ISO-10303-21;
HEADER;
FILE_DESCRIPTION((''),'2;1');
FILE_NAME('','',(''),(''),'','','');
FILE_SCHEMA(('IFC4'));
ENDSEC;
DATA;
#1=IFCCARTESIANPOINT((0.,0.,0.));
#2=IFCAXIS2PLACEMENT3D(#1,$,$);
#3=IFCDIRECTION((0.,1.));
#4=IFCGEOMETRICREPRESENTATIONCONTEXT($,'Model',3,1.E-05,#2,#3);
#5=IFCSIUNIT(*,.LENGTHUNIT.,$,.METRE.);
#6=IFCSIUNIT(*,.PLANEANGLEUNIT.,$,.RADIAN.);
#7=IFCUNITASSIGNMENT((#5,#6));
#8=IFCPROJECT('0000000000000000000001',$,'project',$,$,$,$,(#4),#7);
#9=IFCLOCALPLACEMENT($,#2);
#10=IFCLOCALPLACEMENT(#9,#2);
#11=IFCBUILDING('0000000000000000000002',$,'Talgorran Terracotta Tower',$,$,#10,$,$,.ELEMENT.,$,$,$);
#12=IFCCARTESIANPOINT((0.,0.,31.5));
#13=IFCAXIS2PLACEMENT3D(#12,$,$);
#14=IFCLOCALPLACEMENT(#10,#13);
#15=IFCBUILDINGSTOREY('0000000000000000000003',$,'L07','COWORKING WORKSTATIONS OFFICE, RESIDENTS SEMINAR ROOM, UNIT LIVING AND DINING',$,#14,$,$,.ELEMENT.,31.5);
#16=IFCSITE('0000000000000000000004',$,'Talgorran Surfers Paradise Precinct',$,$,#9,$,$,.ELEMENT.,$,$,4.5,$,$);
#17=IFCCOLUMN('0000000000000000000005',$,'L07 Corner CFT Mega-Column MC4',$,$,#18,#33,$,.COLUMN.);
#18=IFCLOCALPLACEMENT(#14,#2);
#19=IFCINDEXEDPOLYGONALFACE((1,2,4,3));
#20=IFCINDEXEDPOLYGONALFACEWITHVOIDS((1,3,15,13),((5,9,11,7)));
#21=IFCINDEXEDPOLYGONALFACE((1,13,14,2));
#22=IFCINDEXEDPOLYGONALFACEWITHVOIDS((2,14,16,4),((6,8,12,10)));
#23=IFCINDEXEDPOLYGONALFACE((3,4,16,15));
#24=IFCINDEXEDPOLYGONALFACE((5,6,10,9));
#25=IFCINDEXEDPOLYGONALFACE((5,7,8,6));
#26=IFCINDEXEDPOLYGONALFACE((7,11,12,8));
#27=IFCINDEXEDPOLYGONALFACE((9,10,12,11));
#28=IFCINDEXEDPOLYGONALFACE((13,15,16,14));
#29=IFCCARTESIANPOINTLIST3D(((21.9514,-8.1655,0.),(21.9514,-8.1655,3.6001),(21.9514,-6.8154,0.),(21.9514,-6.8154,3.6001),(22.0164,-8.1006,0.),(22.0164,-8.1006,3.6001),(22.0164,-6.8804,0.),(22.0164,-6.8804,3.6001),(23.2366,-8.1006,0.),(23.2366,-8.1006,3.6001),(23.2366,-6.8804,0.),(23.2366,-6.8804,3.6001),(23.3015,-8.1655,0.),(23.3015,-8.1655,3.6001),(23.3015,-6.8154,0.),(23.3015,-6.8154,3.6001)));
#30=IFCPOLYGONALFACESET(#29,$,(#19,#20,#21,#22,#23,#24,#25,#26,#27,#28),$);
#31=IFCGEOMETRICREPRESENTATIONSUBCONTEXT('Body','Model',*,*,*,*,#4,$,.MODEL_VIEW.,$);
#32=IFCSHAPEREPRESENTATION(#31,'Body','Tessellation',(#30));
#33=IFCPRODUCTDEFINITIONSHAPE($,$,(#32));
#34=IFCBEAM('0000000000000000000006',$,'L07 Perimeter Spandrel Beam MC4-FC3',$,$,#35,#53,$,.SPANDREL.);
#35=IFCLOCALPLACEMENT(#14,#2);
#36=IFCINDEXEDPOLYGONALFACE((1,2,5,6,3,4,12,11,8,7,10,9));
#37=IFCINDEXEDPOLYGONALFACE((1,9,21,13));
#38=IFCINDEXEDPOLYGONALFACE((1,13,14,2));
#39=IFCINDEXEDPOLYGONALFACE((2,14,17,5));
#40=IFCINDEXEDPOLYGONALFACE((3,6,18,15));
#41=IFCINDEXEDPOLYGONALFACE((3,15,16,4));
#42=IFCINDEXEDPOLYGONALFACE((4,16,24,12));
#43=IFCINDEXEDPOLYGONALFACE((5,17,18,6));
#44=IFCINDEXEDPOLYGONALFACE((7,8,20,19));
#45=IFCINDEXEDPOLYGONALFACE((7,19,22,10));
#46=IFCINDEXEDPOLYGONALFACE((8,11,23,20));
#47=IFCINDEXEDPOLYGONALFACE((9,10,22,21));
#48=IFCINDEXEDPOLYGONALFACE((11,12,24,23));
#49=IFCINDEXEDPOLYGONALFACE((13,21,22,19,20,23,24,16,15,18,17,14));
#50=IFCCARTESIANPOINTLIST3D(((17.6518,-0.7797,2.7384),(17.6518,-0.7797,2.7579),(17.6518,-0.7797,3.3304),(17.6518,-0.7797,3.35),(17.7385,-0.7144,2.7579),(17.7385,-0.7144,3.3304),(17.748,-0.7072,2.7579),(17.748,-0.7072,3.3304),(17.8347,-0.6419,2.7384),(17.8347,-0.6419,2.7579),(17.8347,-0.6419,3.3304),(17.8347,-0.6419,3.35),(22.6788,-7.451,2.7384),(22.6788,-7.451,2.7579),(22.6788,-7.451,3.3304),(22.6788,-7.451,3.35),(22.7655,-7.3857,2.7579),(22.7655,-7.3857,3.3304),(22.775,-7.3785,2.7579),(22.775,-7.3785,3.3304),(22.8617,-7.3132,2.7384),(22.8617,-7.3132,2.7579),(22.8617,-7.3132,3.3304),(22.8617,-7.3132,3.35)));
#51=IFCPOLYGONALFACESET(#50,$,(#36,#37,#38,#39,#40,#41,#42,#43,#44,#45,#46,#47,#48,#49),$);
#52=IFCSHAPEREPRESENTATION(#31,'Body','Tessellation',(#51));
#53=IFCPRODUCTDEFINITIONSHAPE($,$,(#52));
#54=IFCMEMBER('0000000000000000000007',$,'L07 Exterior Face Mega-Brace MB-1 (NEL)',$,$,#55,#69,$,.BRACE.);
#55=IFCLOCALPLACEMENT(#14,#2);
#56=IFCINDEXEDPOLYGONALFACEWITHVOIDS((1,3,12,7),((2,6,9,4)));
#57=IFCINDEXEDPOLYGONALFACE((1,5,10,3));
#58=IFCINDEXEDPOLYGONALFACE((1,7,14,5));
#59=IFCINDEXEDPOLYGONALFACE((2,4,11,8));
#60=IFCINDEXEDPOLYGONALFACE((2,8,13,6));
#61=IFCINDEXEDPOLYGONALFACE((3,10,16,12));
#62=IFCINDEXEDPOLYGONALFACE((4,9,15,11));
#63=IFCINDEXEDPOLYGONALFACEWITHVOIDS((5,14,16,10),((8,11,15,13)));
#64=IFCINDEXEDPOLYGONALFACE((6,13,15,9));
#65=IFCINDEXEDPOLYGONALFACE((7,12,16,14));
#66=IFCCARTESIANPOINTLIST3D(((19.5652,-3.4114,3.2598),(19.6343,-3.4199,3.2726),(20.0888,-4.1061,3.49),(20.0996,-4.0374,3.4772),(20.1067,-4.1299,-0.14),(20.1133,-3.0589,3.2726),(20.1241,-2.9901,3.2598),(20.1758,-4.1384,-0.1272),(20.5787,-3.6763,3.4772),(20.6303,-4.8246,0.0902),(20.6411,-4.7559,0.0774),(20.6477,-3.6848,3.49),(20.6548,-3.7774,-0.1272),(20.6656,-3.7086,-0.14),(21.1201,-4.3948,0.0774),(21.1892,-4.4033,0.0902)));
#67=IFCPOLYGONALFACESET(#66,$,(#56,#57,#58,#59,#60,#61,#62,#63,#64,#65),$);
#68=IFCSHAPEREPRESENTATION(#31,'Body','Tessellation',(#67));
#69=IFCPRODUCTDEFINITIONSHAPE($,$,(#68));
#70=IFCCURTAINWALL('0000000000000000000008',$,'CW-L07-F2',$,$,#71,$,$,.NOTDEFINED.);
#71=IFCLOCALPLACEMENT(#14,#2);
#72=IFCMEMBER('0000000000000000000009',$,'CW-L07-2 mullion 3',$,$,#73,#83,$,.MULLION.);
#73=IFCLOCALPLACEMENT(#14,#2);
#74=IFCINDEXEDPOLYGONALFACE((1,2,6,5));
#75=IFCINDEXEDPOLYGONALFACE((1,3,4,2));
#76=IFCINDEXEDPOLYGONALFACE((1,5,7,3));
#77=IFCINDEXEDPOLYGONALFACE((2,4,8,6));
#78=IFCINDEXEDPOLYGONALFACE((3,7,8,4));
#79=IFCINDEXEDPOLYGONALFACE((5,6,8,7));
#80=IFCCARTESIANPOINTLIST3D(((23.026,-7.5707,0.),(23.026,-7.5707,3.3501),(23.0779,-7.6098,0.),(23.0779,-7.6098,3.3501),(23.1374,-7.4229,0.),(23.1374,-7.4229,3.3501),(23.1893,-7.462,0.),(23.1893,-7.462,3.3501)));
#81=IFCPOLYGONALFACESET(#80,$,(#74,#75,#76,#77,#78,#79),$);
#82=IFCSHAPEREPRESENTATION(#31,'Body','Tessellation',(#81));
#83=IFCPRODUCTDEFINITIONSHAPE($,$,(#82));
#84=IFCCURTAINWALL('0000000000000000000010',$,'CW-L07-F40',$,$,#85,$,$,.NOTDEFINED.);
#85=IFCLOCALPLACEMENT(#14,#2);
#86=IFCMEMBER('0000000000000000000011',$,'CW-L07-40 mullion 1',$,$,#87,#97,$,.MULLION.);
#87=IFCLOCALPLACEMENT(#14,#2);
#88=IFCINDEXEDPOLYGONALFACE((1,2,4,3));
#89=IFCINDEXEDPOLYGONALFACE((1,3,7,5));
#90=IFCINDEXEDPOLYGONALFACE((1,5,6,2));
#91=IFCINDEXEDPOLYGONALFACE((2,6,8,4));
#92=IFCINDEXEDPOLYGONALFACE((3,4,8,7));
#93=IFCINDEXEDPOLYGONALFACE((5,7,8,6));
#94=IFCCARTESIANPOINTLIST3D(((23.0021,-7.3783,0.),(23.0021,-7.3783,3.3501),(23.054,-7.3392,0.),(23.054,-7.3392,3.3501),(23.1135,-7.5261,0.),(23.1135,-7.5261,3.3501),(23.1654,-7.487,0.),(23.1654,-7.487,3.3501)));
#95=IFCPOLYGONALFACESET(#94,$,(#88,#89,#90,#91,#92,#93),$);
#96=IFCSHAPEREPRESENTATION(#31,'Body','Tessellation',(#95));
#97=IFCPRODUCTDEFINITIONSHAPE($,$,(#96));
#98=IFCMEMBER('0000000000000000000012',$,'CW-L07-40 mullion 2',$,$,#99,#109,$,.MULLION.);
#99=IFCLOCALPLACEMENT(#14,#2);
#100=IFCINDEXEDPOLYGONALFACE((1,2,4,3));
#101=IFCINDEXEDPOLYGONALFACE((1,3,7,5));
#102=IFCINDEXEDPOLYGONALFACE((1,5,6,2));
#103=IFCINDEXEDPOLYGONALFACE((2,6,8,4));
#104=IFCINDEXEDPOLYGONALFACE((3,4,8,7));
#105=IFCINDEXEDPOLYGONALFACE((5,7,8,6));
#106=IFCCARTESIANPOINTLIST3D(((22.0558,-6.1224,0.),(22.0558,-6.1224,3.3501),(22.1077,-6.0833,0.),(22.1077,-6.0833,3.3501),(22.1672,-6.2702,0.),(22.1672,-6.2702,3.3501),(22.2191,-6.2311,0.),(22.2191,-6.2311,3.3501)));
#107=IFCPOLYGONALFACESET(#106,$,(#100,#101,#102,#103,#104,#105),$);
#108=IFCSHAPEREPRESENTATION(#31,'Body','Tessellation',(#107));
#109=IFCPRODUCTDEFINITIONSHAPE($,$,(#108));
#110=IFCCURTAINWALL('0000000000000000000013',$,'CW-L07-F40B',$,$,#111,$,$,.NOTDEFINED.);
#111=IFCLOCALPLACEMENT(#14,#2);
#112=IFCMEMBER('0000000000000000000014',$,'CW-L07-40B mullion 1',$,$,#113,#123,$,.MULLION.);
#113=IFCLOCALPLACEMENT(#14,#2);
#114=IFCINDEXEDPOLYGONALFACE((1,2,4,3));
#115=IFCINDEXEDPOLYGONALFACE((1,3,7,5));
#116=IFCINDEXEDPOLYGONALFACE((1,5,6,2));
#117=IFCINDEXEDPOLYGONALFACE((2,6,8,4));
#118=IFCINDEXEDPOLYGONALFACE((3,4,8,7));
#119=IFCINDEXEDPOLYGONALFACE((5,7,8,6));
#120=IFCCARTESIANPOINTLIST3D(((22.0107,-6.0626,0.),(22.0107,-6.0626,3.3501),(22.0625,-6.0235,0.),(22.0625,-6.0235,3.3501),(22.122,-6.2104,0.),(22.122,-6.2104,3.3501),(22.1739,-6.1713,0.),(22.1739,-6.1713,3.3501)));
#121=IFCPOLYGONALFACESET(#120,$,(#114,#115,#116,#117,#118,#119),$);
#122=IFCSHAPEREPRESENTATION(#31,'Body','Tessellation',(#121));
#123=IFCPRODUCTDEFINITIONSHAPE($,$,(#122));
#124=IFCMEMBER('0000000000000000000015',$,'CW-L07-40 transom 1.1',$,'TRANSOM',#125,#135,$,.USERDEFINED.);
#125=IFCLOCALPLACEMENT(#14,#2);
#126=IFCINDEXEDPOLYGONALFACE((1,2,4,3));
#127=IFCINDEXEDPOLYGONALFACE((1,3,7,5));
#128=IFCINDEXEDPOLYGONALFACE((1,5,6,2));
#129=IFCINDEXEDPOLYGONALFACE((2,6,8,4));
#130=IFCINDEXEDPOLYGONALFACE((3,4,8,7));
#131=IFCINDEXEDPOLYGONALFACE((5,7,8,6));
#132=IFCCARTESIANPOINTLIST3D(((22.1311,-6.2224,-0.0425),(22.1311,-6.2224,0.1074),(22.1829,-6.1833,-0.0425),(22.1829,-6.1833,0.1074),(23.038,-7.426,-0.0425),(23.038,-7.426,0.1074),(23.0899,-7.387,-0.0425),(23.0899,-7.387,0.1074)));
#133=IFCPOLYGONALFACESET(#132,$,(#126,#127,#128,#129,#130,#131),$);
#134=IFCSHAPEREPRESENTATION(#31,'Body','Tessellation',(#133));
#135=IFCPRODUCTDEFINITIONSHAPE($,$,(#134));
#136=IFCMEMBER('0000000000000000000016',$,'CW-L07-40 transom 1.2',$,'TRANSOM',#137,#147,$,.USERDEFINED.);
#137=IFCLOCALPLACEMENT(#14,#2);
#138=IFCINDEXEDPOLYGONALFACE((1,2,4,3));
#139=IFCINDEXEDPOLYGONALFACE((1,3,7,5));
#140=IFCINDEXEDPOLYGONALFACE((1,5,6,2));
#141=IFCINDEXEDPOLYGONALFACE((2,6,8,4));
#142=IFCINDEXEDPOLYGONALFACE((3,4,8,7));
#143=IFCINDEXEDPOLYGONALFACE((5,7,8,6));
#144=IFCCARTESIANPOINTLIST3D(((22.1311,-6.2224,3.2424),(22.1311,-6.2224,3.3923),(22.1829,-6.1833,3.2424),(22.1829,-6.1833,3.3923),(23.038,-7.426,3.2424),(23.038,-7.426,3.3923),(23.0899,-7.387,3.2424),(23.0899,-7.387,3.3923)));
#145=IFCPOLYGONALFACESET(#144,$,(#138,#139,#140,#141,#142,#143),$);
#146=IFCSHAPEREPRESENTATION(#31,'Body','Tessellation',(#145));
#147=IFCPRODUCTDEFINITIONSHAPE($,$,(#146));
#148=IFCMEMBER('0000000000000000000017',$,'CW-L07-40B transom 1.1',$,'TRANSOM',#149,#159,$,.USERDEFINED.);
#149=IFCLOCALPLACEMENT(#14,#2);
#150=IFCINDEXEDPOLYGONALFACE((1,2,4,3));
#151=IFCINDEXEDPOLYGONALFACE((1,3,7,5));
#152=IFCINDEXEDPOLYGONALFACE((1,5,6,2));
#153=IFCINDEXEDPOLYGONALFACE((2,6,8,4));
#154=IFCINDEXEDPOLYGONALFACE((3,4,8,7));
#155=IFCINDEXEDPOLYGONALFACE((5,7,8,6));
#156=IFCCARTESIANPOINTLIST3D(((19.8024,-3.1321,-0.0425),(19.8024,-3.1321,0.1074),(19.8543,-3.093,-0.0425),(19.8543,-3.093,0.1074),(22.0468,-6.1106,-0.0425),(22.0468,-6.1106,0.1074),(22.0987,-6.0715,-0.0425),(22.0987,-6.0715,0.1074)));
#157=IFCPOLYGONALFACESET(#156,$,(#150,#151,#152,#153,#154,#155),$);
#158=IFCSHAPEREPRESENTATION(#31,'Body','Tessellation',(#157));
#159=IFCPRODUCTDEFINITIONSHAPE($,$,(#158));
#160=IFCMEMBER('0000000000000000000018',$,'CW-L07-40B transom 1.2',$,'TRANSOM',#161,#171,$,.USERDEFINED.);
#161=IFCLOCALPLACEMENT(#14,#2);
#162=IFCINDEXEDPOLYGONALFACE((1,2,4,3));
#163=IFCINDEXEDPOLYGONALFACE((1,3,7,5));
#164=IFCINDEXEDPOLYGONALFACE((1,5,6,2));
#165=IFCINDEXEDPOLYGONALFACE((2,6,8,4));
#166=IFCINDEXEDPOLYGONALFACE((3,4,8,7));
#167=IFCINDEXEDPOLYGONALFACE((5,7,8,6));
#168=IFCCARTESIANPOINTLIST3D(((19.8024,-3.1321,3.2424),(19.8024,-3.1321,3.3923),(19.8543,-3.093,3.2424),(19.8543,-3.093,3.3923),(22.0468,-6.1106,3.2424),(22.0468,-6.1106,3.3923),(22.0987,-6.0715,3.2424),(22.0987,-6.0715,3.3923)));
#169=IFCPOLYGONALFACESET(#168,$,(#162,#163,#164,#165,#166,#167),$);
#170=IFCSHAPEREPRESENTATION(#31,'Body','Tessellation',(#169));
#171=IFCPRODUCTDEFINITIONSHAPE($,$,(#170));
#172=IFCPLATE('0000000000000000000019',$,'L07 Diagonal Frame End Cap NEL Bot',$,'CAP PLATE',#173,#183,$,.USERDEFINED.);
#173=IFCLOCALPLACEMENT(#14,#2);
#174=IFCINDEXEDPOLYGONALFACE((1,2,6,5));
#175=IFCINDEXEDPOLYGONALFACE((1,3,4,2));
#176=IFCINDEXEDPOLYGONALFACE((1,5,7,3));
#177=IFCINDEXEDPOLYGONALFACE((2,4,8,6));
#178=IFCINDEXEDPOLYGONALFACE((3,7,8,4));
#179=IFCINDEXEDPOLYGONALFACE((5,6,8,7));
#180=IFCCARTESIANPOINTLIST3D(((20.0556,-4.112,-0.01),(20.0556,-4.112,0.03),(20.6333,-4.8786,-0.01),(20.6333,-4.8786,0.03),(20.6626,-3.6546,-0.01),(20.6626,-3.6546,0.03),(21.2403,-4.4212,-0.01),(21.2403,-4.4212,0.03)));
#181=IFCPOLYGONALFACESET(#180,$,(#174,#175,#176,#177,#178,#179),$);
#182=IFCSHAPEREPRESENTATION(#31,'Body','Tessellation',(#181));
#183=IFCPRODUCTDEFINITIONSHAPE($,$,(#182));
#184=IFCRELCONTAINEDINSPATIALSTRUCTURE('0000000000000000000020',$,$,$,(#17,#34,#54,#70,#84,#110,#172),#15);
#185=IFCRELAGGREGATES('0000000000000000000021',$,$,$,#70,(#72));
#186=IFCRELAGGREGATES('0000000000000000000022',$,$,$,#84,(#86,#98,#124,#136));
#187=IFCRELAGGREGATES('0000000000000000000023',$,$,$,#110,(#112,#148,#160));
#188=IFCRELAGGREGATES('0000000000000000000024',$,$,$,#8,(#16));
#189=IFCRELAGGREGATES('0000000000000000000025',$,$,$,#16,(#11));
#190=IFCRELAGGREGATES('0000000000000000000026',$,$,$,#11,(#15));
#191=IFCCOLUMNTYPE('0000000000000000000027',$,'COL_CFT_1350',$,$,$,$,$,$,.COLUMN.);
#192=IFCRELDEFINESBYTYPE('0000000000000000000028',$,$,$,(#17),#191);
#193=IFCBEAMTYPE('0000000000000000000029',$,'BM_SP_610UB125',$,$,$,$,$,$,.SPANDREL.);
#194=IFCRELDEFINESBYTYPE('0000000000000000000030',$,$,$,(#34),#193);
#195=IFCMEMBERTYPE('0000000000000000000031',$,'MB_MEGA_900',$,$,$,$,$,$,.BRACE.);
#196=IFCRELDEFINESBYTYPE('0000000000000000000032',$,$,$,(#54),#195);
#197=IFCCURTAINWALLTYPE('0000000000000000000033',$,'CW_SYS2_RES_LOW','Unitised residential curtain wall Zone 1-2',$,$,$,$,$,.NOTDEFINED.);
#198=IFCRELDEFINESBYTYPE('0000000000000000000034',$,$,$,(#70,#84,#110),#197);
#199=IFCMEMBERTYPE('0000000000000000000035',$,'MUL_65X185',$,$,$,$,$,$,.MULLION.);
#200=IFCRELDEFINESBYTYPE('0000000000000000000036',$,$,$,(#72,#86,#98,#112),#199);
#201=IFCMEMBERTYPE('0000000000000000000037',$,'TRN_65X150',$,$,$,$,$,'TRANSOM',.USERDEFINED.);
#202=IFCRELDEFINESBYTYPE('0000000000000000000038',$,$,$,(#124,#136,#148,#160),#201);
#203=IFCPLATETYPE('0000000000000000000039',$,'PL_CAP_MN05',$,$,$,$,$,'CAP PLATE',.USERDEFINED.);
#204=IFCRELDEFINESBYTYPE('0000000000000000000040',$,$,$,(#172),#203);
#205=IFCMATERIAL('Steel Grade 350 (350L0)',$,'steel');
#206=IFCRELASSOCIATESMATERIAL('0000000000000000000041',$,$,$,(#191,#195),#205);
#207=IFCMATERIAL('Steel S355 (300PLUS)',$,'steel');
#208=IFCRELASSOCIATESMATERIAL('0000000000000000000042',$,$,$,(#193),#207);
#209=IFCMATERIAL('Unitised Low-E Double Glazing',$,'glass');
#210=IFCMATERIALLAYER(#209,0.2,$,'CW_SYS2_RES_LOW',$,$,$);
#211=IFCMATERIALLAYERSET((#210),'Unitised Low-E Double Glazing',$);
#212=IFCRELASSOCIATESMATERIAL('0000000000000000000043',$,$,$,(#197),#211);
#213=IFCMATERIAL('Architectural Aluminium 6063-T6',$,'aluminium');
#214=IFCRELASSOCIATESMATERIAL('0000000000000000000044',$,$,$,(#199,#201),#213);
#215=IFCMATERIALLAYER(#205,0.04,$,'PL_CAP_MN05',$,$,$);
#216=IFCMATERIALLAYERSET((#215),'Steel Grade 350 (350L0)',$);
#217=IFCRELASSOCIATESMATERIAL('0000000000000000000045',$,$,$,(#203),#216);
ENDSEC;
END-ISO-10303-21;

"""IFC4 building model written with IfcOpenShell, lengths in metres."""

from ifc_helpers import new_model, si_unit, direction, frame, origin, origin_2d, place, context, subcontext, project, spatial, rectangle, hollow_rectangle, i_section, extrude, material, layer, layer_set, material_profile, profile_set, type_object, element, aggregate, save


model = new_model("IFC4")

# Units and contexts
model_context = context("Model", 3, precision=1e-05, world=origin(), true_north=direction((0.0, 1.0)))
body_context = subcontext(model_context, "Body", "Model", "MODEL_VIEW")
ifc_project = project(units=[si_unit("LENGTHUNIT", "METRE"), si_unit("PLANEANGLEUNIT", "RADIAN")], contexts=[model_context])

# Site, building, storey
site_placement = place(None, origin())
site = spatial("IfcSite", under=ifc_project, at=site_placement, Name="Talgorran Surfers Paradise Precinct", CompositionType="ELEMENT", RefElevation=4.5)
building_placement = place(site_placement, origin())
building = spatial("IfcBuilding", under=site, at=building_placement, Name="Talgorran Terracotta Tower", CompositionType="ELEMENT")
storey_placement = place(building_placement, frame((0.0, 0.0, 31.5)))
storey = spatial("IfcBuildingStorey", under=building, at=storey_placement, Name="L07", Description="COWORKING WORKSTATIONS OFFICE, RESIDENTS SEMINAR ROOM, UNIT LIVING AND DINING", CompositionType="ELEMENT", Elevation=31.5)

# Column
ifc_material_1 = material(Name="Steel Grade 350 (350L0)", Category="steel")
ifc_material_profile_1 = material_profile(ifc_material_1, hollow_rectangle(XDim=1.3501, YDim=1.3501, WallThickness=0.0649, at=origin_2d()), Name="CFT1350X1350X65")
ifc_profile_set_1 = profile_set([ifc_material_profile_1], Name="Steel Grade 350 (350L0)")
column_type = type_object("IfcColumnType", Name="COL_CFT_1350", PredefinedType="COLUMN", material=ifc_profile_set_1)
column_placement = place(storey_placement, frame((22.6265, -7.4905, 0.0), z_axis=(0.0, 0.0, 1.0), x_axis=(1.0, 0.0, 0.0)))
element("IfcColumn", 1, at=column_placement, inside=storey, type_object=column_type, Name="L07 Corner CFT Mega-Column MC4", PredefinedType="COLUMN", context=body_context, shape_type="SweptSolid", body=[
    extrude(hollow_rectangle(XDim=1.3501, YDim=1.3501, WallThickness=0.0649, at=origin_2d()), origin(), (0.0, 0.0, 1.0), 3.6001),
])

# Beam
ifc_material_2 = material(Name="Steel S355 (300PLUS)", Category="steel")
ifc_material_profile_2 = material_profile(ifc_material_2, i_section(OverallWidth=0.229, OverallDepth=0.6116, WebThickness=0.012, FlangeThickness=0.0195, at=origin_2d()), Name="610UB125")
ifc_profile_set_2 = profile_set([ifc_material_profile_2], Name="Steel S355 (300PLUS)")
beam_type = type_object("IfcBeamType", Name="BM_SP_610UB125", PredefinedType="SPANDREL", material=ifc_profile_set_2)
beam_placement = place(storey_placement, frame((22.7703, -7.3821, 3.0442), z_axis=(-0.601804, 0.798644, 0.0), x_axis=(-0.798644, -0.601804, 0.0)))
element("IfcBeam", 2, at=beam_placement, inside=storey, type_object=beam_type, Name="L07 Perimeter Spandrel Beam MC4-FC3", PredefinedType="SPANDREL", context=body_context, shape_type="SweptSolid", body=[
    extrude(i_section(OverallWidth=0.229, OverallDepth=0.6116, WebThickness=0.012, FlangeThickness=0.0195, at=origin_2d()), origin(), (0.0, 0.0, 1.0), 8.3533),
])

# Member
ifc_material_profile_3 = material_profile(ifc_material_1, hollow_rectangle(XDim=0.7, YDim=0.8999, WallThickness=0.05, at=origin_2d()), Name="WBOX900X700X50")
ifc_profile_set_3 = profile_set([ifc_material_profile_3], Name="Steel Grade 350 (350L0)")
member_type_1 = type_object("IfcMemberType", Name="MB_MEGA_900", PredefinedType="BRACE", material=ifc_profile_set_3)
member_1_placement = place(storey_placement, frame((20.6479, -4.2666, -0.0249), z_axis=(-0.153971, 0.204299, 0.966724), x_axis=(-0.798598, -0.601865, 0.0)))
element("IfcMember", 3, at=member_1_placement, inside=storey, type_object=member_type_1, Name="L07 Exterior Face Mega-Brace MB-1 (NEL)", PredefinedType="BRACE", context=body_context, shape_type="SweptSolid", body=[
    extrude(hollow_rectangle(XDim=0.7, YDim=0.8999, WallThickness=0.05, at=origin_2d()), origin(), (0.0, 0.0, 1.0), 3.5168),
])

# Curtain wall, member
ifc_material_3 = material(Name="Unitised Low-E Double Glazing", Category="glass")
ifc_layer_1 = layer(ifc_material_3, 0.2, Name="CW_SYS2_RES_LOW")
ifc_layer_set_1 = layer_set([ifc_layer_1], Name="Unitised Low-E Double Glazing")
curtain_wall_type = type_object("IfcCurtainWallType", Name="CW_SYS2_RES_LOW", Description="Unitised residential curtain wall Zone 1-2", PredefinedType="NOTDEFINED", material=ifc_layer_set_1)
curtain_wall_1_placement = place(storey_placement, origin())
curtain_wall_1 = element("IfcCurtainWall", 4, at=curtain_wall_1_placement, inside=storey, type_object=curtain_wall_type, Name="CW-L07-F2", PredefinedType="NOTDEFINED")
ifc_material_4 = material(Name="Architectural Aluminium 6063-T6", Category="aluminium")
ifc_material_profile_4 = material_profile(ifc_material_4, rectangle(XDim=0.0649, YDim=0.1851, at=origin_2d()), Name="CWM65X185")
ifc_profile_set_4 = profile_set([ifc_material_profile_4], Name="Architectural Aluminium 6063-T6")
member_type_2 = type_object("IfcMemberType", Name="MUL_65X185", PredefinedType="MULLION", material=ifc_profile_set_4)
member_2_placement = place(storey_placement, frame((23.1077, -7.5164, 0.0), z_axis=(0.0, 0.0, 1.0), x_axis=(-0.798638, 0.601812, 0.0)))
member_2 = element("IfcMember", 5, at=member_2_placement, type_object=member_type_2, Name="CW-L07-2 mullion 3", PredefinedType="MULLION", context=body_context, shape_type="SweptSolid", body=[
    extrude(rectangle(XDim=0.0649, YDim=0.1851, at=origin_2d()), origin(), (0.0, 0.0, 1.0), 3.3501),
])
aggregate(curtain_wall_1, [member_2])

# Curtain wall, members
curtain_wall_2_placement = place(storey_placement, origin())
curtain_wall_2 = element("IfcCurtainWall", 6, at=curtain_wall_2_placement, inside=storey, type_object=curtain_wall_type, Name="CW-L07-F40", PredefinedType="NOTDEFINED")
member_3_placement = place(storey_placement, frame((23.0837, -7.4326, 0.0), z_axis=(0.0, 0.0, 1.0), x_axis=(-0.798649, -0.601797, 0.0)))
member_3 = element("IfcMember", 7, at=member_3_placement, type_object=member_type_2, Name="CW-L07-40 mullion 1", PredefinedType="MULLION", context=body_context, shape_type="SweptSolid", body=[
    extrude(rectangle(XDim=0.0649, YDim=0.1851, at=origin_2d()), origin(), (0.0, 0.0, 1.0), 3.3501),
])
member_4_placement = place(storey_placement, frame((22.1375, -6.1768, 0.0), z_axis=(0.0, 0.0, 1.0), x_axis=(-0.798649, -0.601797, 0.0)))
member_4 = element("IfcMember", 8, at=member_4_placement, type_object=member_type_2, Name="CW-L07-40 mullion 2", PredefinedType="MULLION", context=body_context, shape_type="SweptSolid", body=[
    extrude(rectangle(XDim=0.0649, YDim=0.1851, at=origin_2d()), origin(), (0.0, 0.0, 1.0), 3.3501),
])

# Curtain wall, member
curtain_wall_3_placement = place(storey_placement, origin())
curtain_wall_3 = element("IfcCurtainWall", 9, at=curtain_wall_3_placement, inside=storey, type_object=curtain_wall_type, Name="CW-L07-F40B", PredefinedType="NOTDEFINED")
member_5_placement = place(storey_placement, frame((22.0923, -6.1169, 0.0), z_axis=(0.0, 0.0, 1.0), x_axis=(-0.798636, -0.601814, 0.0)))
member_5 = element("IfcMember", 10, at=member_5_placement, type_object=member_type_2, Name="CW-L07-40B mullion 1", PredefinedType="MULLION", context=body_context, shape_type="SweptSolid", body=[
    extrude(rectangle(XDim=0.0649, YDim=0.1851, at=origin_2d()), origin(), (0.0, 0.0, 1.0), 3.3501),
])

# Members
ifc_material_profile_5 = material_profile(ifc_material_4, rectangle(XDim=0.0649, YDim=0.1499, at=origin_2d()), Name="CWT65X150")
ifc_profile_set_5 = profile_set([ifc_material_profile_5], Name="Architectural Aluminium 6063-T6")
member_type_3 = type_object("IfcMemberType", Name="TRN_65X150", ElementType="TRANSOM", PredefinedType="USERDEFINED", material=ifc_profile_set_5)
member_6_placement = place(storey_placement, frame((23.064, -7.4065, 0.0325), z_axis=(-0.601813, 0.798637, 0.0), x_axis=(-0.798637, -0.601813, 0.0)))
member_6 = element("IfcMember", 11, at=member_6_placement, type_object=member_type_3, Name="CW-L07-40 transom 1.1", ObjectType="TRANSOM", PredefinedType="USERDEFINED", context=body_context, shape_type="SweptSolid", body=[
    extrude(rectangle(XDim=0.0649, YDim=0.1499, at=origin_2d()), origin(), (0.0, 0.0, 1.0), 1.5071),
])
member_7_placement = place(storey_placement, frame((23.064, -7.4065, 3.3174), z_axis=(-0.601813, 0.798637, 0.0), x_axis=(-0.798637, -0.601813, 0.0)))
member_7 = element("IfcMember", 12, at=member_7_placement, type_object=member_type_3, Name="CW-L07-40 transom 1.2", ObjectType="TRANSOM", PredefinedType="USERDEFINED", context=body_context, shape_type="SweptSolid", body=[
    extrude(rectangle(XDim=0.0649, YDim=0.1499, at=origin_2d()), origin(), (0.0, 0.0, 1.0), 1.5071),
])
member_8_placement = place(storey_placement, frame((22.0728, -6.0911, 0.0325), z_axis=(-0.6018, 0.798647, 0.0), x_axis=(-0.798647, -0.6018, 0.0)))
member_8 = element("IfcMember", 13, at=member_8_placement, type_object=member_type_3, Name="CW-L07-40B transom 1.1", ObjectType="TRANSOM", PredefinedType="USERDEFINED", context=body_context, shape_type="SweptSolid", body=[
    extrude(rectangle(XDim=0.0649, YDim=0.1499, at=origin_2d()), origin(), (0.0, 0.0, 1.0), 3.7295),
])
member_9_placement = place(storey_placement, frame((22.0728, -6.0911, 3.3174), z_axis=(-0.6018, 0.798647, 0.0), x_axis=(-0.798647, -0.6018, 0.0)))
member_9 = element("IfcMember", 14, at=member_9_placement, type_object=member_type_3, Name="CW-L07-40B transom 1.2", ObjectType="TRANSOM", PredefinedType="USERDEFINED", context=body_context, shape_type="SweptSolid", body=[
    extrude(rectangle(XDim=0.0649, YDim=0.1499, at=origin_2d()), origin(), (0.0, 0.0, 1.0), 3.7295),
])

# Plate
ifc_layer_2 = layer(ifc_material_1, 0.04, Name="PL_CAP_MN05")
ifc_layer_set_2 = layer_set([ifc_layer_2], Name="Steel Grade 350 (350L0)")
plate_type_1 = type_object("IfcPlateType", Name="PL_CAP_MN05", ElementType="CAP PLATE", PredefinedType="USERDEFINED", material=ifc_layer_set_2)
plate_1_placement = place(storey_placement, frame((20.6479, -4.2666, -0.01), z_axis=(0.0, 0.0, 1.0), x_axis=(-0.601815, 0.798636, 0.0)))
element("IfcPlate", 15, at=plate_1_placement, inside=storey, type_object=plate_type_1, Name="L07 Diagonal Frame End Cap NEL Bot", ObjectType="CAP PLATE", PredefinedType="USERDEFINED", context=body_context, shape_type="SweptSolid", body=[
    extrude(rectangle(XDim=0.96, YDim=0.76, at=origin_2d()), origin(), (0.0, 0.0, 1.0), 0.04),
])
aggregate(curtain_wall_2, [member_3, member_4, member_6, member_7])
aggregate(curtain_wall_3, [member_5, member_8, member_9])

save(model, "model.ifc")
